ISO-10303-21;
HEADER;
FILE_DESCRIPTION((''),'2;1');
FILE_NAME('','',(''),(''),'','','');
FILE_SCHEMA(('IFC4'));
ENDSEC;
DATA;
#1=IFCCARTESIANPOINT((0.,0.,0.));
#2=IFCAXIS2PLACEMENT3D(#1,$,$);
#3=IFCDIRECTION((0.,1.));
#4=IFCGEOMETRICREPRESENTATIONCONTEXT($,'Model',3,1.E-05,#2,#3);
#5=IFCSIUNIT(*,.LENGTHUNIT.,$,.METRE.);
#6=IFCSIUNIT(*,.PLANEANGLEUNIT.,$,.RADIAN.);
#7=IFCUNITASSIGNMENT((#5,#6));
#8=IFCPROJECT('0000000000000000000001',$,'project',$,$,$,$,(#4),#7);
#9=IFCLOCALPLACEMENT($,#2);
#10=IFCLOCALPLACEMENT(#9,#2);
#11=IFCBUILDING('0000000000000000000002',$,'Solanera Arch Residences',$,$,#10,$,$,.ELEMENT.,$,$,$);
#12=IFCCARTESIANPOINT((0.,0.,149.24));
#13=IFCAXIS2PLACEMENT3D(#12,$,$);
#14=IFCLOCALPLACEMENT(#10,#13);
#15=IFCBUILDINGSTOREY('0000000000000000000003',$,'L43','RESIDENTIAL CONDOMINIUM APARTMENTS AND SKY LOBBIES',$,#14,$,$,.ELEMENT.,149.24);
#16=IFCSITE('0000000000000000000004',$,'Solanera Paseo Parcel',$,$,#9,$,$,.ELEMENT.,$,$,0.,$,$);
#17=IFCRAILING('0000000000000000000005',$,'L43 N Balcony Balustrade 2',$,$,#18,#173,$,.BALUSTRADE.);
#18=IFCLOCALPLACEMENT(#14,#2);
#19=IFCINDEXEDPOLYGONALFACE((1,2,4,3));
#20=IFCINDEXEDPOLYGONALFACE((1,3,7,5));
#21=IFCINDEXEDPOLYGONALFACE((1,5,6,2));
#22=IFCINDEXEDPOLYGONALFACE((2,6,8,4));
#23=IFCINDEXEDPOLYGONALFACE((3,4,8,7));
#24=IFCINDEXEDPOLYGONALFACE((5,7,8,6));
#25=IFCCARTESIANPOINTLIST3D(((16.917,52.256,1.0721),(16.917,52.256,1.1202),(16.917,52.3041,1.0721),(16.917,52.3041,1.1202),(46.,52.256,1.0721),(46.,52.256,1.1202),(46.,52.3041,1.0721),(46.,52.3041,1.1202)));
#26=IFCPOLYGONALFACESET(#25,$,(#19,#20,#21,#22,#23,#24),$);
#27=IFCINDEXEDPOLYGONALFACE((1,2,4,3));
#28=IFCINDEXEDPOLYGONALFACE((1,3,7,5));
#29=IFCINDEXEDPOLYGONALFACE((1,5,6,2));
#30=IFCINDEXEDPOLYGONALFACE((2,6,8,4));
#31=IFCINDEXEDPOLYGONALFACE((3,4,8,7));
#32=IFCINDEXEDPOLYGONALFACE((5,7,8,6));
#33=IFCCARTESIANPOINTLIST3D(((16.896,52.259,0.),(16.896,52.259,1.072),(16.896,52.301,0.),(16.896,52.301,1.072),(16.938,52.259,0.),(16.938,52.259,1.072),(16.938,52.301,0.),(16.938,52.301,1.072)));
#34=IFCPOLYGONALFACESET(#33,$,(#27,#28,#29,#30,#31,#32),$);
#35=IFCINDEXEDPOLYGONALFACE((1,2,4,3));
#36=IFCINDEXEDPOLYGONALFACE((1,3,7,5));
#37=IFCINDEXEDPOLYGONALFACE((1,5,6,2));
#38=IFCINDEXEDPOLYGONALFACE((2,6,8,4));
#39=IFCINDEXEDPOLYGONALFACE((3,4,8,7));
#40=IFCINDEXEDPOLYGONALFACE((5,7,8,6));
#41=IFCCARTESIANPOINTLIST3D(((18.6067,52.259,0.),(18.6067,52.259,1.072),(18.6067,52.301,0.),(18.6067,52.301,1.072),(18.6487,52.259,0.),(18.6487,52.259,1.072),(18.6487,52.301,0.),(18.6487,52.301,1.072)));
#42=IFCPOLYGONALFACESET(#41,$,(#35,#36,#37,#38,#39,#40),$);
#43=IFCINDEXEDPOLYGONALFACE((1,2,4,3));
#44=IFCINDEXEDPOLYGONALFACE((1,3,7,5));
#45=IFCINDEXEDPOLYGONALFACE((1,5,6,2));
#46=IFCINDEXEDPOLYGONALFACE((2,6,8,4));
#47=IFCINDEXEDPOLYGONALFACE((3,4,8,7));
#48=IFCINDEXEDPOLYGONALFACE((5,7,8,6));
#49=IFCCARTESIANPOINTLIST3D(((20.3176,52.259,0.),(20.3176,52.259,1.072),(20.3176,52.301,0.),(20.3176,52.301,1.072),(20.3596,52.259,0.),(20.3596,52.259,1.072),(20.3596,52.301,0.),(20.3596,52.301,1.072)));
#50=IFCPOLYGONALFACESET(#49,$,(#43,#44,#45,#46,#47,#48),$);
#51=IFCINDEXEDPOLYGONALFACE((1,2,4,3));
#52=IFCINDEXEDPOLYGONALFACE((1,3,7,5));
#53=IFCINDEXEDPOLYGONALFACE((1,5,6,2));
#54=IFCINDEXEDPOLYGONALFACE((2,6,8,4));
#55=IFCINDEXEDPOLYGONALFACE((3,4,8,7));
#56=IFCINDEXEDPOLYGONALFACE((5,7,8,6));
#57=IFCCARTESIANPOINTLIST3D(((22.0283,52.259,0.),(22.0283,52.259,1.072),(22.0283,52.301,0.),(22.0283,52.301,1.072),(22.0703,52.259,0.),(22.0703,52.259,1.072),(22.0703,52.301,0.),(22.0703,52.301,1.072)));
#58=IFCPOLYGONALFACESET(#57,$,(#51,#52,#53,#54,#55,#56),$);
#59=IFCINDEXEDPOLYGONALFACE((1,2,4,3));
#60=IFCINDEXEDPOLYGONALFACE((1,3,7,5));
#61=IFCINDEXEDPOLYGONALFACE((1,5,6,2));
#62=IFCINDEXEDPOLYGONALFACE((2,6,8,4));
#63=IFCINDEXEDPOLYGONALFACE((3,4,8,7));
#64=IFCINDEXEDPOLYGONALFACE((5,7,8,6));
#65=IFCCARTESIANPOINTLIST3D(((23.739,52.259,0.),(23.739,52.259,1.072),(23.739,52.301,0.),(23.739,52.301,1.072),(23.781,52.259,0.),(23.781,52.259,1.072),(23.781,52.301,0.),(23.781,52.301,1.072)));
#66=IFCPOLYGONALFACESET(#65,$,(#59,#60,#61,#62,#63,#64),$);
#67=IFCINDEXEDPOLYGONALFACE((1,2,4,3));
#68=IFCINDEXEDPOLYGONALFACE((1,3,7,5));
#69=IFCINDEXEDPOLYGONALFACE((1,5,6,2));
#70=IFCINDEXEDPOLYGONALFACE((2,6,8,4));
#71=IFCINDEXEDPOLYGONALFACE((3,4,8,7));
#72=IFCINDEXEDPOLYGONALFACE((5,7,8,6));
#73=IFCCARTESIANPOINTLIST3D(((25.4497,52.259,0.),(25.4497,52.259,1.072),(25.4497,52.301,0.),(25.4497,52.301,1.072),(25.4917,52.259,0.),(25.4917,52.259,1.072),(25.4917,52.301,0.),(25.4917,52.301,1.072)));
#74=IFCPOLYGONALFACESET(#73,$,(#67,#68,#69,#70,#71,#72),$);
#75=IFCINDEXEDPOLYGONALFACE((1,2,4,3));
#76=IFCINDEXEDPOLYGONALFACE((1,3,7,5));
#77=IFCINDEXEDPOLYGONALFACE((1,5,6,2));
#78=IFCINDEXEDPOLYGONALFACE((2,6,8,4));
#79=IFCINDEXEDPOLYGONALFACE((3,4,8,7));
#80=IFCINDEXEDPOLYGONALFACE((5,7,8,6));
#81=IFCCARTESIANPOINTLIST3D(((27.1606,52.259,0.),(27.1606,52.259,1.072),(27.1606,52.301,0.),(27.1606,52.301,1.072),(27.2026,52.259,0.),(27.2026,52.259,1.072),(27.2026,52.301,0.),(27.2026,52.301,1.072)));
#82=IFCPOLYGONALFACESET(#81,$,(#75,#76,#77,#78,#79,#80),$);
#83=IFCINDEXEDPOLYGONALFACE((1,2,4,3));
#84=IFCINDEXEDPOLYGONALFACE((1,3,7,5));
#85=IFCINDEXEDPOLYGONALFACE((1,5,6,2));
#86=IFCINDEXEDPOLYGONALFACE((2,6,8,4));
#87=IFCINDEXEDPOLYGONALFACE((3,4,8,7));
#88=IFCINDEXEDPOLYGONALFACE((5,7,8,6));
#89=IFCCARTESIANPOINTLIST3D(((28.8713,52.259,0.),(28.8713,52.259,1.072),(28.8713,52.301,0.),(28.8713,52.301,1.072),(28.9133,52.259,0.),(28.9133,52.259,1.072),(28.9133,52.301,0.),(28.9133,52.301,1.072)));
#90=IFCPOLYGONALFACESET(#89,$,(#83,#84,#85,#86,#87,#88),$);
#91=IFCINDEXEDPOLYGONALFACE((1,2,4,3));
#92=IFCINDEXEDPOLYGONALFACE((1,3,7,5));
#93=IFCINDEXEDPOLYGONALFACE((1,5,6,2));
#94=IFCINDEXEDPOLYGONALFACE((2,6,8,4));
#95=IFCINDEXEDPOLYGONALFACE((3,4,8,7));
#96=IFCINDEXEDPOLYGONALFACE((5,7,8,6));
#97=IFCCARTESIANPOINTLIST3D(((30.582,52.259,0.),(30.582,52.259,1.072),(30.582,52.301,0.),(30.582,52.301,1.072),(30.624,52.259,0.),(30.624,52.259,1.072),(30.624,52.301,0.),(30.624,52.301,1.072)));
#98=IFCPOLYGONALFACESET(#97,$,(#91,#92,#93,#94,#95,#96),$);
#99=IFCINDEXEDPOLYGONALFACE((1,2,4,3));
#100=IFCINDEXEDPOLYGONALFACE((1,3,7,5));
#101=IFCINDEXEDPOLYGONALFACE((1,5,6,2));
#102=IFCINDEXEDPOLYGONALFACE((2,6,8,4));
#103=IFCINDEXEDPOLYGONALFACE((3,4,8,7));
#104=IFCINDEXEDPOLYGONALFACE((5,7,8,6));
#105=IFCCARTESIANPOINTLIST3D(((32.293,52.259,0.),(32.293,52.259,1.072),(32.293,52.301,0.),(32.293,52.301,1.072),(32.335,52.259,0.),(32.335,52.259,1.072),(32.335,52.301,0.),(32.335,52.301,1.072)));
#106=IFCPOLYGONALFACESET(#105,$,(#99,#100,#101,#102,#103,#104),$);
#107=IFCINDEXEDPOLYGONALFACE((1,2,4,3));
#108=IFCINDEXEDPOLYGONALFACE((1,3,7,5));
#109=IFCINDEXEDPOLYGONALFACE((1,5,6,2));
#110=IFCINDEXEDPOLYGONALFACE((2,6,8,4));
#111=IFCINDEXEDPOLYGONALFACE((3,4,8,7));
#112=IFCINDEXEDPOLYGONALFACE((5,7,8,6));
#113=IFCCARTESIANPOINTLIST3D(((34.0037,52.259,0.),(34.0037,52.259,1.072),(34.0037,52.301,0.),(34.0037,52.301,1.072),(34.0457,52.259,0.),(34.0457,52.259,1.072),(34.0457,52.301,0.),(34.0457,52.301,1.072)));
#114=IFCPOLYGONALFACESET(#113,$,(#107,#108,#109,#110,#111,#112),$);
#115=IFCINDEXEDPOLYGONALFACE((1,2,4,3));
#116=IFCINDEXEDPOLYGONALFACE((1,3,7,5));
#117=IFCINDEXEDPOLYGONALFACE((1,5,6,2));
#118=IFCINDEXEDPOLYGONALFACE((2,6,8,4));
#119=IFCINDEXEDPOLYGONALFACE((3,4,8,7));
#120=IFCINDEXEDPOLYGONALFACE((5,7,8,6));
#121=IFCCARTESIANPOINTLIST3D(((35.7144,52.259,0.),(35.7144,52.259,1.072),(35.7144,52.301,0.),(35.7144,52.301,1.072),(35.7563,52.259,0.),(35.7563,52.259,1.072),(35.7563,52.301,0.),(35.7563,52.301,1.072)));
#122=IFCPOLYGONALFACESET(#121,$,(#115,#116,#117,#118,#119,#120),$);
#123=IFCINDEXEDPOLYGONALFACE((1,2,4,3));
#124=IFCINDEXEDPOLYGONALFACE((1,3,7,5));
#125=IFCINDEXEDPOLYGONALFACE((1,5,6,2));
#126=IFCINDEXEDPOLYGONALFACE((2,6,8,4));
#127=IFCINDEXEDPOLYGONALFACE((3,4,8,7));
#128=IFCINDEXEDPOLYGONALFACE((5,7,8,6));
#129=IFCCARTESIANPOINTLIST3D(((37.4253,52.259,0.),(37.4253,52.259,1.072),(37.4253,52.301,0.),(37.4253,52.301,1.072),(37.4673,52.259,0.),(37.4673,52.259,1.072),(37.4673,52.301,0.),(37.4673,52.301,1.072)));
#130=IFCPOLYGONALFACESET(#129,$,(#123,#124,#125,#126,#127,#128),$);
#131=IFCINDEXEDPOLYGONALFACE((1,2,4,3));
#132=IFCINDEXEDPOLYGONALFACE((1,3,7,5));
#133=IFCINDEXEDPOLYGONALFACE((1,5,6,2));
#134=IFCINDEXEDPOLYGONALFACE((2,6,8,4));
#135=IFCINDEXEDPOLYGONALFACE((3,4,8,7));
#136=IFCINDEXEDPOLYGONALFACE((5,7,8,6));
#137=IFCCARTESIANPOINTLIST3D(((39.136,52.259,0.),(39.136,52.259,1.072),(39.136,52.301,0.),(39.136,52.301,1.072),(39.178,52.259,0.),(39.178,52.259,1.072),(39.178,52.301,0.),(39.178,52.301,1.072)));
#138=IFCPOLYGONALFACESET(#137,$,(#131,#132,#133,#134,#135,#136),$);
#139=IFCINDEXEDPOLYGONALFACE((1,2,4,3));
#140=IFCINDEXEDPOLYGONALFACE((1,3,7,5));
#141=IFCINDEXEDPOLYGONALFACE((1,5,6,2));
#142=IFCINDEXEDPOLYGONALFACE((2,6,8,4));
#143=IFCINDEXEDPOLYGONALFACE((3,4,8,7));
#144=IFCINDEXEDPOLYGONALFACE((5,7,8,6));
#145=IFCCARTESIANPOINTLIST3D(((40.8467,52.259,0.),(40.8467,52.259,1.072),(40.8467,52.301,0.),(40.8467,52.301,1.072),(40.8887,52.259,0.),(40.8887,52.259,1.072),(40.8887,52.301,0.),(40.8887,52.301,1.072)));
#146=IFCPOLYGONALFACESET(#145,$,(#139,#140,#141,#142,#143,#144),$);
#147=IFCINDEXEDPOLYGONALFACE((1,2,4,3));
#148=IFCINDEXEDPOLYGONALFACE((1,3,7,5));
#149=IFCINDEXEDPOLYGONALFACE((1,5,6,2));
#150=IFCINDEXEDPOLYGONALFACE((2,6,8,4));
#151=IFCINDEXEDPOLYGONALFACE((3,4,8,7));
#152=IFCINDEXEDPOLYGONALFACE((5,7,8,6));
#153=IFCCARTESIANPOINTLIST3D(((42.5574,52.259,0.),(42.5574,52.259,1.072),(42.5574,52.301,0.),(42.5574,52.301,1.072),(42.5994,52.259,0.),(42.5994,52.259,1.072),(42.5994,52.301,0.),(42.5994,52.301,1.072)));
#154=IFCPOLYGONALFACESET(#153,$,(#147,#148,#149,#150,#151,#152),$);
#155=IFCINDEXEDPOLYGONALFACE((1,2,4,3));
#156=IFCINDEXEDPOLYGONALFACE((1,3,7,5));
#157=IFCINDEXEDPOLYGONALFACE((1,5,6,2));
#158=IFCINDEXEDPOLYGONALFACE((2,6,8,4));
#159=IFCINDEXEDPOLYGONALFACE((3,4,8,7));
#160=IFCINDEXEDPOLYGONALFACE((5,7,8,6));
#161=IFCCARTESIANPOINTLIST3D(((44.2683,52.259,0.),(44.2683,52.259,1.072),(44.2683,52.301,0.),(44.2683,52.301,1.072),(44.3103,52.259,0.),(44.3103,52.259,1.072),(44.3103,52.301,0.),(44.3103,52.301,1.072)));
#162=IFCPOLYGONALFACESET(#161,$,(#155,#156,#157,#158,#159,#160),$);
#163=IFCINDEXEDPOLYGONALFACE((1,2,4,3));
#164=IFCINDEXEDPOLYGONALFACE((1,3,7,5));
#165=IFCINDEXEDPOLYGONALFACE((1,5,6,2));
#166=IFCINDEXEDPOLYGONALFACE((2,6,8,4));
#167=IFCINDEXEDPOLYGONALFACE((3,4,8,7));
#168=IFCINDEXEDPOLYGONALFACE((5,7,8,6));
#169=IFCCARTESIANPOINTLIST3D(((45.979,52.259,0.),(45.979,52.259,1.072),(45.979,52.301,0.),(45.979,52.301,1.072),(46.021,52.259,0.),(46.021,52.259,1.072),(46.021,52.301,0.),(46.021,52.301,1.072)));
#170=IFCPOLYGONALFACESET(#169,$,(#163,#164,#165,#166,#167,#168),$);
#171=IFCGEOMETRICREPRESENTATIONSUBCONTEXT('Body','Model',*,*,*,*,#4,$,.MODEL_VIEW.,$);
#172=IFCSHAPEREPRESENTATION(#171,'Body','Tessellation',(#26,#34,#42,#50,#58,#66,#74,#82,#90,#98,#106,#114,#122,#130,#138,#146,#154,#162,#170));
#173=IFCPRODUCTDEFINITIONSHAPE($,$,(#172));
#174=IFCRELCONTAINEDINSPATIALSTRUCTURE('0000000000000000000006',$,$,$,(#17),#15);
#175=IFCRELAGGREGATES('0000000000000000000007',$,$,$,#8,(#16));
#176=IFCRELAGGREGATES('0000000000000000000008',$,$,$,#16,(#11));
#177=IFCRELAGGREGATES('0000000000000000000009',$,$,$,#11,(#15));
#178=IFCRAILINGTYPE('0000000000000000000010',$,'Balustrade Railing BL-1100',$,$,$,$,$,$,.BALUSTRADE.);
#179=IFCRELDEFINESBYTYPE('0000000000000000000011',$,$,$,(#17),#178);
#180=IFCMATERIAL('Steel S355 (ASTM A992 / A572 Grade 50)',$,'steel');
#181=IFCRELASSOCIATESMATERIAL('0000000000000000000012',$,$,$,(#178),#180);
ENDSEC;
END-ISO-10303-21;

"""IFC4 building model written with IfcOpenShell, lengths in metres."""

from ifc_helpers import new_model, si_unit, direction, frame, origin, origin_2d, place, context, subcontext, project, spatial, rectangle, extrude, material, type_object, element, save


model = new_model("IFC4")

# Units and contexts
model_context = context("Model", 3, precision=1e-05, world=origin(), true_north=direction((0.0, 1.0)))
body_context = subcontext(model_context, "Body", "Model", "MODEL_VIEW")
ifc_project = project(units=[si_unit("LENGTHUNIT", "METRE"), si_unit("PLANEANGLEUNIT", "RADIAN")], contexts=[model_context])

# Site, building, storey
site_placement = place(None, origin())
site = spatial("IfcSite", under=ifc_project, at=site_placement, Name="Solanera Paseo Parcel", CompositionType="ELEMENT", RefElevation=0.0)
building_placement = place(site_placement, origin())
building = spatial("IfcBuilding", under=site, at=building_placement, Name="Solanera Arch Residences", CompositionType="ELEMENT")
storey_placement = place(building_placement, frame((0.0, 0.0, 149.24)))
storey = spatial("IfcBuildingStorey", under=building, at=storey_placement, Name="L43", Description="RESIDENTIAL CONDOMINIUM APARTMENTS AND SKY LOBBIES", CompositionType="ELEMENT", Elevation=149.24)

# Railing
ifc_material_1 = material(Name="Steel S355 (ASTM A992 / A572 Grade 50)", Category="steel")
railing_type = type_object("IfcRailingType", Name="Balustrade Railing BL-1100", PredefinedType="BALUSTRADE", material=ifc_material_1)
railing_placement = place(storey_placement, frame((16.917, 52.28, 0.0)))
element("IfcRailing", 1, at=railing_placement, inside=storey, type_object=railing_type, Name="L43 N Balcony Balustrade 2", PredefinedType="BALUSTRADE", context=body_context, shape_type="SweptSolid", body=[
    extrude(rectangle(XDim=0.0481, YDim=0.0481, at=origin_2d()), frame((0.0, 0.0, 1.0962), z_axis=(1.0, 0.0, 0.0), x_axis=(0.0, 1.0, 0.0)), (0.0, 0.0, 1.0), 29.083),
    extrude(rectangle(XDim=0.042, YDim=0.042, at=origin_2d()), origin(), (0.0, 0.0, 1.0), 1.072),
    extrude(rectangle(XDim=0.042, YDim=0.042, at=origin_2d()), frame((1.7107, 0.0, 0.0)), (0.0, 0.0, 1.0), 1.072),
    extrude(rectangle(XDim=0.042, YDim=0.042, at=origin_2d()), frame((3.4216, 0.0, 0.0)), (0.0, 0.0, 1.0), 1.072),
    extrude(rectangle(XDim=0.042, YDim=0.042, at=origin_2d()), frame((5.1323, 0.0, 0.0)), (0.0, 0.0, 1.0), 1.072),
    extrude(rectangle(XDim=0.042, YDim=0.042, at=origin_2d()), frame((6.843, 0.0, 0.0)), (0.0, 0.0, 1.0), 1.072),
    extrude(rectangle(XDim=0.042, YDim=0.042, at=origin_2d()), frame((8.5537, 0.0, 0.0)), (0.0, 0.0, 1.0), 1.072),
    extrude(rectangle(XDim=0.042, YDim=0.042, at=origin_2d()), frame((10.2646, 0.0, 0.0)), (0.0, 0.0, 1.0), 1.072),
    extrude(rectangle(XDim=0.042, YDim=0.042, at=origin_2d()), frame((11.9753, 0.0, 0.0)), (0.0, 0.0, 1.0), 1.072),
    extrude(rectangle(XDim=0.042, YDim=0.042, at=origin_2d()), frame((13.686, 0.0, 0.0)), (0.0, 0.0, 1.0), 1.072),
    extrude(rectangle(XDim=0.042, YDim=0.042, at=origin_2d()), frame((15.397, 0.0, 0.0)), (0.0, 0.0, 1.0), 1.072),
    extrude(rectangle(XDim=0.042, YDim=0.042, at=origin_2d()), frame((17.1077, 0.0, 0.0)), (0.0, 0.0, 1.0), 1.072),
    extrude(rectangle(XDim=0.042, YDim=0.042, at=origin_2d()), frame((18.8184, 0.0, 0.0)), (0.0, 0.0, 1.0), 1.072),
    extrude(rectangle(XDim=0.042, YDim=0.042, at=origin_2d()), frame((20.5293, 0.0, 0.0)), (0.0, 0.0, 1.0), 1.072),
    extrude(rectangle(XDim=0.042, YDim=0.042, at=origin_2d()), frame((22.24, 0.0, 0.0)), (0.0, 0.0, 1.0), 1.072),
    extrude(rectangle(XDim=0.042, YDim=0.042, at=origin_2d()), frame((23.9507, 0.0, 0.0)), (0.0, 0.0, 1.0), 1.072),
    extrude(rectangle(XDim=0.042, YDim=0.042, at=origin_2d()), frame((25.6614, 0.0, 0.0)), (0.0, 0.0, 1.0), 1.072),
    extrude(rectangle(XDim=0.042, YDim=0.042, at=origin_2d()), frame((27.3723, 0.0, 0.0)), (0.0, 0.0, 1.0), 1.072),
    extrude(rectangle(XDim=0.042, YDim=0.042, at=origin_2d()), frame((29.083, 0.0, 0.0)), (0.0, 0.0, 1.0), 1.072),
])

save(model, "model.ifc")
